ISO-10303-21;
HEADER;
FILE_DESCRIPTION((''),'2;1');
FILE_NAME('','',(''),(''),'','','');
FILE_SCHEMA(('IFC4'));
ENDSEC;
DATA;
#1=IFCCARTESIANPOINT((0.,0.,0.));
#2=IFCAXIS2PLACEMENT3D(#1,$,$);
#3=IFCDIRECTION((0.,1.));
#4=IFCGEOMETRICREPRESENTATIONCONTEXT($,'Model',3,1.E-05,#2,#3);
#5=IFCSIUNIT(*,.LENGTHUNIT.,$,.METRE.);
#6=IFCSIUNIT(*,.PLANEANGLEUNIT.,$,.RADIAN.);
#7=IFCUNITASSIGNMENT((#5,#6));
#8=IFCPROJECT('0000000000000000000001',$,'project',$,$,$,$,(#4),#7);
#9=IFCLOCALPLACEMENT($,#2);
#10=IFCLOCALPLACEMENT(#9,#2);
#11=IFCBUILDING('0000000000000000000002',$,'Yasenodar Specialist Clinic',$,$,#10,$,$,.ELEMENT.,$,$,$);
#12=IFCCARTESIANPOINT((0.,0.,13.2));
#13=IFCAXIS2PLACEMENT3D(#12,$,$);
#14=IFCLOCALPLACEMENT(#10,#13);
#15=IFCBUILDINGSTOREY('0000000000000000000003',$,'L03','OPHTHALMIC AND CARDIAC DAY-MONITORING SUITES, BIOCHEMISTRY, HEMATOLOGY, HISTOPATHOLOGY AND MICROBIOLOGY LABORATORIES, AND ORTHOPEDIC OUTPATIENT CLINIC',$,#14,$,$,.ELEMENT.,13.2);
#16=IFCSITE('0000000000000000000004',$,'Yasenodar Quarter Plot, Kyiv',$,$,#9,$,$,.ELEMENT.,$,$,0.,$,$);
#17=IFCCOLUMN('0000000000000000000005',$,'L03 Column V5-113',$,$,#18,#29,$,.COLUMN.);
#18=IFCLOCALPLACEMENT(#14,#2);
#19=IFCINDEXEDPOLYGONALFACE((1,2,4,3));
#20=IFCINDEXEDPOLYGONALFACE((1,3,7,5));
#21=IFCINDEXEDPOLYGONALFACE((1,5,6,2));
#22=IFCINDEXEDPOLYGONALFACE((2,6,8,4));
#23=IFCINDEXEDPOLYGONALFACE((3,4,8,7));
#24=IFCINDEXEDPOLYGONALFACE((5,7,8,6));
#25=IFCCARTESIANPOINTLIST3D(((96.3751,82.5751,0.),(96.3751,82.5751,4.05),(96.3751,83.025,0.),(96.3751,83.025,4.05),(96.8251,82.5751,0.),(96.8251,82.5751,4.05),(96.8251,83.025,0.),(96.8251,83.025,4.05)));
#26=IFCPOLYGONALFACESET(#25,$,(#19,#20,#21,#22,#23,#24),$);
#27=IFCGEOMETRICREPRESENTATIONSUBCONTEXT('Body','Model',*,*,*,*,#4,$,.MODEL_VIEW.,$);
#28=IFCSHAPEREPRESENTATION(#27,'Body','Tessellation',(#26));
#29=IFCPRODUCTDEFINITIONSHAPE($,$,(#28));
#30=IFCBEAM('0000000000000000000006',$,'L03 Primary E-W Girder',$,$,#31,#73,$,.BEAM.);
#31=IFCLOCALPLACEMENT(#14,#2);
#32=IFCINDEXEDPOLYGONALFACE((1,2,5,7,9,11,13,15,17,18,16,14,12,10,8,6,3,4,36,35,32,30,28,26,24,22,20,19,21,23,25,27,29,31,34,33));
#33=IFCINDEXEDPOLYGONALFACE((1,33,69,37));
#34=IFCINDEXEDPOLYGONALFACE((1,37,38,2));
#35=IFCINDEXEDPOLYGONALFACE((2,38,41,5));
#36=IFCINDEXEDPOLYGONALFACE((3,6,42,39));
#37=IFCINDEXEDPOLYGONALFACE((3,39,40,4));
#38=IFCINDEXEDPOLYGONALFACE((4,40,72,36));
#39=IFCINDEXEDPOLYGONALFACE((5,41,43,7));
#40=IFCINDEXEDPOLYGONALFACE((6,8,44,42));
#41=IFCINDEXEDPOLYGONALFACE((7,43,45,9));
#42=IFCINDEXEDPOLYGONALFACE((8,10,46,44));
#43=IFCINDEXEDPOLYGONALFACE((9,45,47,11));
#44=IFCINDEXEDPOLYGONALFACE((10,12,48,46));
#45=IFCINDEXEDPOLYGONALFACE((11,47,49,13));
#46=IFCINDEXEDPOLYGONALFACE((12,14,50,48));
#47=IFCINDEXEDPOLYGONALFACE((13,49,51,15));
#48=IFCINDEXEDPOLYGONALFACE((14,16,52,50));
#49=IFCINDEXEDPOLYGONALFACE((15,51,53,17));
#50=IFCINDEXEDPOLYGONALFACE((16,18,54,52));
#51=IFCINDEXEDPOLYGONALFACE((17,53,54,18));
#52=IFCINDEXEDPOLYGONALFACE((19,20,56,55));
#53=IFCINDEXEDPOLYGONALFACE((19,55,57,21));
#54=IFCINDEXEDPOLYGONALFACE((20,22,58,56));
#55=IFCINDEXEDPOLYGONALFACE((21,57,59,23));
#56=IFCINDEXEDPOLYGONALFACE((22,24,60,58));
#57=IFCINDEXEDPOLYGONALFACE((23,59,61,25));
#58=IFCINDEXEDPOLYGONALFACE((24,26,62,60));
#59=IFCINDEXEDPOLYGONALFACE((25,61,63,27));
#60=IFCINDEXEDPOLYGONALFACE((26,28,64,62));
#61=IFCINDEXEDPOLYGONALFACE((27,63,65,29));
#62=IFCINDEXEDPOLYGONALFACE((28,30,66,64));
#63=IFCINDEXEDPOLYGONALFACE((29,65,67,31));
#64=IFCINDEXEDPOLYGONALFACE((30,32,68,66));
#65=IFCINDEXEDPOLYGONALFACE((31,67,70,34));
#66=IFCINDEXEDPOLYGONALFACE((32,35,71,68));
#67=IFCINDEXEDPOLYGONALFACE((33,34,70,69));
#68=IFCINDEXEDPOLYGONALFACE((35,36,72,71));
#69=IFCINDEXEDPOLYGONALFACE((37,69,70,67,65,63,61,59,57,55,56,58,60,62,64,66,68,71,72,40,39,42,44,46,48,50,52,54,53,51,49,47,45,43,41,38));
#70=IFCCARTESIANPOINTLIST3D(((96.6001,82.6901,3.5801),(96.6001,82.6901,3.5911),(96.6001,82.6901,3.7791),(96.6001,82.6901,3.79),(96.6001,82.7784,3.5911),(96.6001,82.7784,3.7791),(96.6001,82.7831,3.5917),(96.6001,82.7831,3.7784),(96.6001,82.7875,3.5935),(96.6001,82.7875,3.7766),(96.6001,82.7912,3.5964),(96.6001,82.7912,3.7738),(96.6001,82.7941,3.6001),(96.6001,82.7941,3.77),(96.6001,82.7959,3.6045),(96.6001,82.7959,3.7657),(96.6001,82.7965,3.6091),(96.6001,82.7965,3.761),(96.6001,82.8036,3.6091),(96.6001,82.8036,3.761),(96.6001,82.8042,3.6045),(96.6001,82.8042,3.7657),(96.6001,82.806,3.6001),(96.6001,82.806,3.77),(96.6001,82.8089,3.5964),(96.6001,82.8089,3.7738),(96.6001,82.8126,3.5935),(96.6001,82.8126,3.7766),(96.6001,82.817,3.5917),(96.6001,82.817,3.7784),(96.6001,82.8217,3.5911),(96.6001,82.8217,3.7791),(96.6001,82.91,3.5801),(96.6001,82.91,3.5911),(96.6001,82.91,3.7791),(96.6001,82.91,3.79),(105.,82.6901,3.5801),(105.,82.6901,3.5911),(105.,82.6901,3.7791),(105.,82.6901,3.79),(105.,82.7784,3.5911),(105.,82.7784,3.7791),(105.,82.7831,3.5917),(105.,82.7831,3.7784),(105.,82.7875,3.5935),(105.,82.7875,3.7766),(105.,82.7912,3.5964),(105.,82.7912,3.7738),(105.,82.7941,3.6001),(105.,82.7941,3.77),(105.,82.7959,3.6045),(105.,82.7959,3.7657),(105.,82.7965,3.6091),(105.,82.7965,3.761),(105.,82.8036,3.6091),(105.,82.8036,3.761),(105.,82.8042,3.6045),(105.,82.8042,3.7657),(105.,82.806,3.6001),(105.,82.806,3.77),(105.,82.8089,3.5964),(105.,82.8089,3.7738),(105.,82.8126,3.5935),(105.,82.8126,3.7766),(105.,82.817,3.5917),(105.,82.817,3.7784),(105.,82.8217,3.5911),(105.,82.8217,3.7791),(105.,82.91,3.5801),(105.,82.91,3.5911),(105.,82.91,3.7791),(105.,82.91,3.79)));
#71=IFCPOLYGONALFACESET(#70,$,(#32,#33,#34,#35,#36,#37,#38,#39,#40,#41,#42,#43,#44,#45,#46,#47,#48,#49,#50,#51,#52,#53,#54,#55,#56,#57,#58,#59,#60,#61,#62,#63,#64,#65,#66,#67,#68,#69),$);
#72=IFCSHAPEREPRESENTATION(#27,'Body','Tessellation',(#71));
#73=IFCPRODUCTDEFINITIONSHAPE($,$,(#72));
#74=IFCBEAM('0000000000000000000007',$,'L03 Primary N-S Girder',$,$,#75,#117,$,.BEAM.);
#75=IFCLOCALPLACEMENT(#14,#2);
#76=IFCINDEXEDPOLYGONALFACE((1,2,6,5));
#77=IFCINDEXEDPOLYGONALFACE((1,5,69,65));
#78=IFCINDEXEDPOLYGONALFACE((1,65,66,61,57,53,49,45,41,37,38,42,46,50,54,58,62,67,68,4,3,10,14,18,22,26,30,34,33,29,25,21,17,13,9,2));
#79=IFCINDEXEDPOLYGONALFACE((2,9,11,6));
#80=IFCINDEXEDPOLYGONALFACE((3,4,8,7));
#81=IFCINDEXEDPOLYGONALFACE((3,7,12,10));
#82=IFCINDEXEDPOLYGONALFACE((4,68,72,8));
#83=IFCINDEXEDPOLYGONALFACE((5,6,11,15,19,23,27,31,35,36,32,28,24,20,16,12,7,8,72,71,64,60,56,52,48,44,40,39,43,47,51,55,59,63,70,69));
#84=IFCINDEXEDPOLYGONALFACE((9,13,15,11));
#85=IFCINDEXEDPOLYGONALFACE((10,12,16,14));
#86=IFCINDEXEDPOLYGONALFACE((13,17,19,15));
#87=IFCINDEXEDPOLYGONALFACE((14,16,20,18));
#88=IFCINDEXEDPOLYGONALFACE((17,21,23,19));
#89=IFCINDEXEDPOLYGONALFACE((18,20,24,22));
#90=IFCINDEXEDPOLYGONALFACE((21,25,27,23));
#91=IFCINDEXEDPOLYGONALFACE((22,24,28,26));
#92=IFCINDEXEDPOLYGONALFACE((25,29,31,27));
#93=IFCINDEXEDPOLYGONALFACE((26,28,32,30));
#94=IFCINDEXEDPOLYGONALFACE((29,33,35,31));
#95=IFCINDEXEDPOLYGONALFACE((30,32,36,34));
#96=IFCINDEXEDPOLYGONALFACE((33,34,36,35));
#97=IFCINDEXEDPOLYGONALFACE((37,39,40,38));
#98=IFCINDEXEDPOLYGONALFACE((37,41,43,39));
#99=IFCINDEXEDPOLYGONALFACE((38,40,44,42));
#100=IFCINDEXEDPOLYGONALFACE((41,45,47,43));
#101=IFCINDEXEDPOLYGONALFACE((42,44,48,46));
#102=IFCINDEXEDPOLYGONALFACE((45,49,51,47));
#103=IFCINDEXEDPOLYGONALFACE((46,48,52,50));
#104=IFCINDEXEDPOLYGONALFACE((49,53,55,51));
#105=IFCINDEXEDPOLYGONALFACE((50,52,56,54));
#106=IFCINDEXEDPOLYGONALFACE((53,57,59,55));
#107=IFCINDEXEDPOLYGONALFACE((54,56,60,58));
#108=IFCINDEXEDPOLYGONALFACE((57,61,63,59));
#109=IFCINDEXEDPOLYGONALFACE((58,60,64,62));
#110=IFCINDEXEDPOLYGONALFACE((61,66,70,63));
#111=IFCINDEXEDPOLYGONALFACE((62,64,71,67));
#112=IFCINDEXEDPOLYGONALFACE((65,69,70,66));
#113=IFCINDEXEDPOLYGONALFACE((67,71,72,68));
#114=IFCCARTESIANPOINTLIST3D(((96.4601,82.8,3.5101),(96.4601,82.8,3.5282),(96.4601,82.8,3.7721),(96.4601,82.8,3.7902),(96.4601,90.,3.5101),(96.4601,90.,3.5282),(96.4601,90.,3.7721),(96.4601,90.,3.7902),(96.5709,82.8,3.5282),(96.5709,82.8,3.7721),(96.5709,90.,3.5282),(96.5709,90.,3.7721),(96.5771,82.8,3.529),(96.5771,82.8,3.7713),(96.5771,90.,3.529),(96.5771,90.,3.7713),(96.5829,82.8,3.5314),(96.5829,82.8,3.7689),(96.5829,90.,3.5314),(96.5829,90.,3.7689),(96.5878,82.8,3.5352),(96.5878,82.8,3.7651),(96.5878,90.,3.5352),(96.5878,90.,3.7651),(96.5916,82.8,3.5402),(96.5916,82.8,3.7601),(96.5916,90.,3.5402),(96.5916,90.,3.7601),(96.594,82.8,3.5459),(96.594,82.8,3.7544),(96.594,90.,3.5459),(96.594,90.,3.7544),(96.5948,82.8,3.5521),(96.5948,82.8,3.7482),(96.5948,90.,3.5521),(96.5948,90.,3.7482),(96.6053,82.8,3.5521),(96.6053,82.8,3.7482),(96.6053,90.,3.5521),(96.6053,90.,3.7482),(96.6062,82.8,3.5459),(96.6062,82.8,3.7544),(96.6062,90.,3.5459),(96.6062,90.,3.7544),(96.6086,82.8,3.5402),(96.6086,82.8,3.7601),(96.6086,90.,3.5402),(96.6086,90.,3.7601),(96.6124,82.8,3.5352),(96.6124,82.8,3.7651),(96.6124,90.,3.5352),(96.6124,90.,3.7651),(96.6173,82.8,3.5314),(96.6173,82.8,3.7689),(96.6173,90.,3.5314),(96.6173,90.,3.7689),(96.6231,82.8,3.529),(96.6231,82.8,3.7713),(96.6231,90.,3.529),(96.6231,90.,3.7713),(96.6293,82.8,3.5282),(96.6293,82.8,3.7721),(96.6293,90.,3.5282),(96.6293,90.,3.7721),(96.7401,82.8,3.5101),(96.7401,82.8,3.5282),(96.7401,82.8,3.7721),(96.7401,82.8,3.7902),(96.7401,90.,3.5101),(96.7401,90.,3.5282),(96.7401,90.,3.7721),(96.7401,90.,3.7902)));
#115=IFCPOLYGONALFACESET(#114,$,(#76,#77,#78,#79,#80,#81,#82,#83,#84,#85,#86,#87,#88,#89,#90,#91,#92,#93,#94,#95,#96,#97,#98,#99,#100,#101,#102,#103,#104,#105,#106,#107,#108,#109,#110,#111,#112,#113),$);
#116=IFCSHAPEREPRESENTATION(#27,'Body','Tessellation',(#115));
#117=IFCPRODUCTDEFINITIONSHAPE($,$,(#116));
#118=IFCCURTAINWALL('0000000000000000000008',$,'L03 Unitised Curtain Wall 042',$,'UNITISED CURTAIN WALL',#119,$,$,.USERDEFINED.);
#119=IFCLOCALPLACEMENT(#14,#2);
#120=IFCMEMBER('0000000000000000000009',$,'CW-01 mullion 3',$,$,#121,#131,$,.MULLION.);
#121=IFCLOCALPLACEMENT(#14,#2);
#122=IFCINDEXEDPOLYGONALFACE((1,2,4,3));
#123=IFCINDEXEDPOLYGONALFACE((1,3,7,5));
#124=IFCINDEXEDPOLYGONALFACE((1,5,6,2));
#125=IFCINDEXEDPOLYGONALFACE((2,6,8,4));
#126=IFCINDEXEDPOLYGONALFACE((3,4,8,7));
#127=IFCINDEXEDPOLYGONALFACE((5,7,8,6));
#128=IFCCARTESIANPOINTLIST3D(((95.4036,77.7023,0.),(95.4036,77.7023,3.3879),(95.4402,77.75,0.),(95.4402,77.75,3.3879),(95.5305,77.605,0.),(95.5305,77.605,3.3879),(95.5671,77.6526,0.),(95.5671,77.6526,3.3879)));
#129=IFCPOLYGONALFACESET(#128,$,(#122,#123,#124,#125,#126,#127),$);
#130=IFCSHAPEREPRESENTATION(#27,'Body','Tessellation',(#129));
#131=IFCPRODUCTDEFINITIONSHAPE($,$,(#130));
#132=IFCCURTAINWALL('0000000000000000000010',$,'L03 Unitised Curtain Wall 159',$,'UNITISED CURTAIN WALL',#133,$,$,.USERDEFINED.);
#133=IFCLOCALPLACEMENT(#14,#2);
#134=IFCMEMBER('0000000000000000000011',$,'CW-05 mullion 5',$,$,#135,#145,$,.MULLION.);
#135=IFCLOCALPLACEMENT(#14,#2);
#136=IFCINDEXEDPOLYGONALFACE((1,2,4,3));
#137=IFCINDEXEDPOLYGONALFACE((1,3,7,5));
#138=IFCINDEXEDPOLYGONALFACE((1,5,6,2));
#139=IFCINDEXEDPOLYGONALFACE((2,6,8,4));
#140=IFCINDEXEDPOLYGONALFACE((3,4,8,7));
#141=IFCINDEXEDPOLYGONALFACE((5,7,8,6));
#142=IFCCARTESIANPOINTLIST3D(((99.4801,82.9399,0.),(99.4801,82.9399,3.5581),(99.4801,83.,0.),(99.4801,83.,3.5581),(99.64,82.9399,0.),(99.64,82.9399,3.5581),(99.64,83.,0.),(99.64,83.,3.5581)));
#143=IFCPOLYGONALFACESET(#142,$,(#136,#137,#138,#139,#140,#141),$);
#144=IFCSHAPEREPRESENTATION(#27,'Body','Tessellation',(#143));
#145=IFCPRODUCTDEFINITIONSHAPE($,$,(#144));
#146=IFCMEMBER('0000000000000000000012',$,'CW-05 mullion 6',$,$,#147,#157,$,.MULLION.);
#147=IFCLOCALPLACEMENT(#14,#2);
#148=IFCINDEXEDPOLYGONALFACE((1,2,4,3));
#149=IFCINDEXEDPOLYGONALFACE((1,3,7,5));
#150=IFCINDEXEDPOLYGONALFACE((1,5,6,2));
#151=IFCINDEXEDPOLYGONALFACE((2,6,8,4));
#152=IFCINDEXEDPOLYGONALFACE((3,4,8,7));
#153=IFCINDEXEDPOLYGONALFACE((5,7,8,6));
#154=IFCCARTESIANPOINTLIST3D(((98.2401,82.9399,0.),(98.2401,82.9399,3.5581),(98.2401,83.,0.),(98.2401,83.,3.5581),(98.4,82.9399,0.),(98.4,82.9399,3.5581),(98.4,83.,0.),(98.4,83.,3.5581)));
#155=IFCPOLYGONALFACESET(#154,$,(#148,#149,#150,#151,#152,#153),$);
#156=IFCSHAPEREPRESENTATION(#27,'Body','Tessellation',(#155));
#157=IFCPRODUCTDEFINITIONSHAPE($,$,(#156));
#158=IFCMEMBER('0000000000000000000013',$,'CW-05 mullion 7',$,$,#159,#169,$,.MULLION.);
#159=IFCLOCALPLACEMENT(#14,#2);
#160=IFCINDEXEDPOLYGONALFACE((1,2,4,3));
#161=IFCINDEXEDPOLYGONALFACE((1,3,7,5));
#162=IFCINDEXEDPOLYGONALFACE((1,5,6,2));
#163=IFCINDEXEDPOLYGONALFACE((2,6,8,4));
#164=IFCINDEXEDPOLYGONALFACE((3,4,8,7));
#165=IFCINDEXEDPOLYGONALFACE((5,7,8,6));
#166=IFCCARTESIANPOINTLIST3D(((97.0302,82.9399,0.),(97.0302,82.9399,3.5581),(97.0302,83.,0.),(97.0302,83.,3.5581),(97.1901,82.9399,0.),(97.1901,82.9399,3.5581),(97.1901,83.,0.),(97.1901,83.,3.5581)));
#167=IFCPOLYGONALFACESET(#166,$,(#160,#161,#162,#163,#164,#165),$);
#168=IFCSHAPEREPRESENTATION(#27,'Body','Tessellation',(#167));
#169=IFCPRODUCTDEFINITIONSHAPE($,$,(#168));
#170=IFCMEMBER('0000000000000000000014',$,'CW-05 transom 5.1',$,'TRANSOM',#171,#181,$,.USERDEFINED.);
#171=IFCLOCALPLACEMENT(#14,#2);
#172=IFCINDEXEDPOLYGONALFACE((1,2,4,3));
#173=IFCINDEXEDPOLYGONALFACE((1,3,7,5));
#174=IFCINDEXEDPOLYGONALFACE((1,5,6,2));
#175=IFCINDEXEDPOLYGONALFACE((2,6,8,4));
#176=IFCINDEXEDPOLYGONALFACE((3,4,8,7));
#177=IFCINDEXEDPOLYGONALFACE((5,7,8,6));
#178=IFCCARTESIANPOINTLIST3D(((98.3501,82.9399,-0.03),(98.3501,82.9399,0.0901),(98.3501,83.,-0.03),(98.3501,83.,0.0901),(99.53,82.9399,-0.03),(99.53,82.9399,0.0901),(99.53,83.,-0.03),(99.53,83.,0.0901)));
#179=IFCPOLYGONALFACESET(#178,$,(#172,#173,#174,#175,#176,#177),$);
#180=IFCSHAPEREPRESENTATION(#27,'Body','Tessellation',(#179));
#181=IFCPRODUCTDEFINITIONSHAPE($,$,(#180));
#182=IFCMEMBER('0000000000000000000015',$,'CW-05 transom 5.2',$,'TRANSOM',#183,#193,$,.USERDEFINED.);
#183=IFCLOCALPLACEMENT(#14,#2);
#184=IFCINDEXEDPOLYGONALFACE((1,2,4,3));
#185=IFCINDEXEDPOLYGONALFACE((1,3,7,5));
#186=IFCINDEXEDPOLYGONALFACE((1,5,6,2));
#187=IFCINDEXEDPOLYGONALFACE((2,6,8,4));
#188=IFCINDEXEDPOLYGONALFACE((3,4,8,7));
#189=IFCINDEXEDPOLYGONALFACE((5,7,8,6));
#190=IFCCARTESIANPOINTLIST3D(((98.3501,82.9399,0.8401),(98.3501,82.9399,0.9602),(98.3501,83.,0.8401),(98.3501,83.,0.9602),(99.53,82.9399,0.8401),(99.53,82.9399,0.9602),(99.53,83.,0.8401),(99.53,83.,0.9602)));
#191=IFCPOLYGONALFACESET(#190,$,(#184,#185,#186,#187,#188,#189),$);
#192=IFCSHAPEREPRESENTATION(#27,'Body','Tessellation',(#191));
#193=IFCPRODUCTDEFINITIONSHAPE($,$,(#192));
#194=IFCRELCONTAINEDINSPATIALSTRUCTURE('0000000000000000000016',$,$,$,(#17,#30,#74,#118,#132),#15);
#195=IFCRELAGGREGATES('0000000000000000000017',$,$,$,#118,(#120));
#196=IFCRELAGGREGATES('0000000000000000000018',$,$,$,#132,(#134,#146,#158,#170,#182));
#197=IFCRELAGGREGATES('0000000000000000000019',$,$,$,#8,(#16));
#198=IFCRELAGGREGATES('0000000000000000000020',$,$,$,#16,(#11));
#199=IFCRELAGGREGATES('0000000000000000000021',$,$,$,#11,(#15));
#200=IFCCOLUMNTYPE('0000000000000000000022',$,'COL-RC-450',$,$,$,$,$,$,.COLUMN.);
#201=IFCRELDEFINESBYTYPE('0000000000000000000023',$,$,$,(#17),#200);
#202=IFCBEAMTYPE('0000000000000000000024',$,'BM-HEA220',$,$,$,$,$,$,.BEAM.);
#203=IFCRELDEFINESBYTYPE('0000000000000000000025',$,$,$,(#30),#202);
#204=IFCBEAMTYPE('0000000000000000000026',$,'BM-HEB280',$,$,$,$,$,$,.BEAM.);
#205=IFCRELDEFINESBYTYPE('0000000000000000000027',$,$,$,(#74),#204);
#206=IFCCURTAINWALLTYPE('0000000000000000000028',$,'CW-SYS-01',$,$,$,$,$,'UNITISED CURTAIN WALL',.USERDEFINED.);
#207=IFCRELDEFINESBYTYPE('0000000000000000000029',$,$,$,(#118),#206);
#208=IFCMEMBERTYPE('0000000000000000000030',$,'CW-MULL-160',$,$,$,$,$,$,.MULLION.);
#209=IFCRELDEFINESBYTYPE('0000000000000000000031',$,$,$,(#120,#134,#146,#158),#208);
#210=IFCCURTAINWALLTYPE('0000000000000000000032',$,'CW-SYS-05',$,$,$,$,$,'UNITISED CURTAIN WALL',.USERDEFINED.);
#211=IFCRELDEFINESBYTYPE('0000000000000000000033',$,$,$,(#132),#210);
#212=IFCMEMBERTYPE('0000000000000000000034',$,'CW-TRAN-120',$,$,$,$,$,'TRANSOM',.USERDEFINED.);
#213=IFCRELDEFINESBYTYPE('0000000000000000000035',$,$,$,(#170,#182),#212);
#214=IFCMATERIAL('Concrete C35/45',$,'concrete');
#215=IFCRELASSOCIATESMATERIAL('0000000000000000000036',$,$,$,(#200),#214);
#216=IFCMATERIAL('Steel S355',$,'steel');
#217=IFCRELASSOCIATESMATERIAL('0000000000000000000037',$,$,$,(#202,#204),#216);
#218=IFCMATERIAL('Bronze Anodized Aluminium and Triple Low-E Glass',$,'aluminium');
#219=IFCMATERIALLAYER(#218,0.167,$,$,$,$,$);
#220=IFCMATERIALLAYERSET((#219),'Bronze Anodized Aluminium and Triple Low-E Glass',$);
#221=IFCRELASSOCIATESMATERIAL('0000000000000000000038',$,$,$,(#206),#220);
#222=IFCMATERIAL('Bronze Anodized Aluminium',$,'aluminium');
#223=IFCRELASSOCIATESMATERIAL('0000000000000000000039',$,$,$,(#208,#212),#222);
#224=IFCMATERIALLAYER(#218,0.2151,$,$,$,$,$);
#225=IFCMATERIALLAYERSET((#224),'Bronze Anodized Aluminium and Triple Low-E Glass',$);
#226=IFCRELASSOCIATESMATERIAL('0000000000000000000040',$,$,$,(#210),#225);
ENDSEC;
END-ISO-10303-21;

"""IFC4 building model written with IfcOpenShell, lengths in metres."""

from ifc_helpers import new_model, si_unit, direction, frame, origin, origin_2d, place, context, subcontext, project, spatial, rectangle, i_section, extrude, material, layer, layer_set, material_profile, profile_set, type_object, element, aggregate, save


model = new_model("IFC4")

# Units and contexts
model_context = context("Model", 3, precision=1e-05, world=origin(), true_north=direction((0.0, 1.0)))
body_context = subcontext(model_context, "Body", "Model", "MODEL_VIEW")
ifc_project = project(units=[si_unit("LENGTHUNIT", "METRE"), si_unit("PLANEANGLEUNIT", "RADIAN")], contexts=[model_context])

# Site, building, storey
site_placement = place(None, origin())
site = spatial("IfcSite", under=ifc_project, at=site_placement, Name="Yasenodar Quarter Plot, Kyiv", CompositionType="ELEMENT", RefElevation=0.0)
building_placement = place(site_placement, origin())
building = spatial("IfcBuilding", under=site, at=building_placement, Name="Yasenodar Specialist Clinic", CompositionType="ELEMENT")
storey_placement = place(building_placement, frame((0.0, 0.0, 13.2)))
storey = spatial("IfcBuildingStorey", under=building, at=storey_placement, Name="L03", Description="OPHTHALMIC AND CARDIAC DAY-MONITORING SUITES, BIOCHEMISTRY, HEMATOLOGY, HISTOPATHOLOGY AND MICROBIOLOGY LABORATORIES, AND ORTHOPEDIC OUTPATIENT CLINIC", CompositionType="ELEMENT", Elevation=13.2)

# Column
ifc_material_1 = material(Name="Concrete C35/45", Category="concrete")
ifc_material_profile_1 = material_profile(ifc_material_1, rectangle(XDim=0.45, YDim=0.45, at=origin_2d()), Name="RC 450x450")
ifc_profile_set_1 = profile_set([ifc_material_profile_1], Name="Concrete C35/45")
column_type = type_object("IfcColumnType", Name="COL-RC-450", PredefinedType="COLUMN", material=ifc_profile_set_1)
column_placement = place(storey_placement, frame((96.6001, 82.8, 0.0), z_axis=(0.0, 0.0, 1.0), x_axis=(1.0, 0.0, 0.0)))
element("IfcColumn", 1, at=column_placement, inside=storey, type_object=column_type, Name="L03 Column V5-113", PredefinedType="COLUMN", context=body_context, shape_type="SweptSolid", body=[
    extrude(rectangle(XDim=0.45, YDim=0.45, at=origin_2d()), origin(), (0.0, 0.0, 1.0), 4.05),
])

# Beams
ifc_material_2 = material(Name="Steel S355", Category="steel")
ifc_material_profile_2 = material_profile(ifc_material_2, i_section(OverallWidth=0.22, OverallDepth=0.21, WebThickness=0.0071, FlangeThickness=0.011, FilletRadius=0.0181, at=origin_2d()), Name="HEA 220")
ifc_profile_set_2 = profile_set([ifc_material_profile_2], Name="Steel S355")
beam_type_1 = type_object("IfcBeamType", Name="BM-HEA220", PredefinedType="BEAM", material=ifc_profile_set_2)
beam_1_placement = place(storey_placement, frame((96.6001, 82.8, 3.6851), z_axis=(1.0, 0.0, 0.0), x_axis=(0.0, 1.0, 0.0)))
element("IfcBeam", 2, at=beam_1_placement, inside=storey, type_object=beam_type_1, Name="L03 Primary E-W Girder", PredefinedType="BEAM", context=body_context, shape_type="SweptSolid", body=[
    extrude(i_section(OverallWidth=0.22, OverallDepth=0.21, WebThickness=0.0071, FlangeThickness=0.011, FilletRadius=0.0181, at=origin_2d()), origin(), (0.0, 0.0, 1.0), 8.3999),
])
ifc_material_profile_3 = material_profile(ifc_material_2, i_section(OverallWidth=0.28, OverallDepth=0.28, WebThickness=0.0105, FlangeThickness=0.0181, FilletRadius=0.0239, at=origin_2d()), Name="HEB 280")
ifc_profile_set_3 = profile_set([ifc_material_profile_3], Name="Steel S355")
beam_type_2 = type_object("IfcBeamType", Name="BM-HEB280", PredefinedType="BEAM", material=ifc_profile_set_3)
beam_2_placement = place(storey_placement, frame((96.6001, 82.8, 3.6501), z_axis=(0.0, 1.0, 0.0), x_axis=(-1.0, 0.0, 0.0)))
element("IfcBeam", 3, at=beam_2_placement, inside=storey, type_object=beam_type_2, Name="L03 Primary N-S Girder", PredefinedType="BEAM", context=body_context, shape_type="SweptSolid", body=[
    extrude(i_section(OverallWidth=0.28, OverallDepth=0.28, WebThickness=0.0105, FlangeThickness=0.0181, FilletRadius=0.0239, at=origin_2d()), origin(), (0.0, 0.0, 1.0), 7.2),
])

# Curtain wall, member
ifc_material_3 = material(Name="Bronze Anodized Aluminium and Triple Low-E Glass", Category="aluminium")
ifc_layer_1 = layer(ifc_material_3, 0.167)
ifc_layer_set_1 = layer_set([ifc_layer_1], Name="Bronze Anodized Aluminium and Triple Low-E Glass")
curtain_wall_type_1 = type_object("IfcCurtainWallType", Name="CW-SYS-01", ElementType="UNITISED CURTAIN WALL", PredefinedType="USERDEFINED", material=ifc_layer_set_1)
curtain_wall_1_placement = place(storey_placement, origin())
curtain_wall_1 = element("IfcCurtainWall", 4, at=curtain_wall_1_placement, inside=storey, type_object=curtain_wall_type_1, Name="L03 Unitised Curtain Wall 042", ObjectType="UNITISED CURTAIN WALL", PredefinedType="USERDEFINED")
ifc_material_4 = material(Name="Bronze Anodized Aluminium", Category="aluminium")
ifc_material_profile_4 = material_profile(ifc_material_4, rectangle(XDim=0.0601, YDim=0.1599, at=origin_2d()), Name="CW-MULL 60x160")
ifc_profile_set_4 = profile_set([ifc_material_profile_4], Name="Bronze Anodized Aluminium")
member_type_1 = type_object("IfcMemberType", Name="CW-MULL-160", PredefinedType="MULLION", material=ifc_profile_set_4)
member_1_placement = place(storey_placement, frame((95.4854, 77.6775, 0.0), z_axis=(0.0, 0.0, 1.0), x_axis=(0.608752, 0.793361, 0.0)))
member_1 = element("IfcMember", 5, at=member_1_placement, type_object=member_type_1, Name="CW-01 mullion 3", PredefinedType="MULLION", context=body_context, shape_type="SweptSolid", body=[
    extrude(rectangle(XDim=0.0601, YDim=0.1599, at=origin_2d()), origin(), (0.0, 0.0, 1.0), 3.3879),
])
aggregate(curtain_wall_1, [member_1])

# Curtain wall, members
ifc_layer_2 = layer(ifc_material_3, 0.2151)
ifc_layer_set_2 = layer_set([ifc_layer_2], Name="Bronze Anodized Aluminium and Triple Low-E Glass")
curtain_wall_type_2 = type_object("IfcCurtainWallType", Name="CW-SYS-05", ElementType="UNITISED CURTAIN WALL", PredefinedType="USERDEFINED", material=ifc_layer_set_2)
curtain_wall_2_placement = place(storey_placement, origin())
curtain_wall_2 = element("IfcCurtainWall", 6, at=curtain_wall_2_placement, inside=storey, type_object=curtain_wall_type_2, Name="L03 Unitised Curtain Wall 159", ObjectType="UNITISED CURTAIN WALL", PredefinedType="USERDEFINED")
member_2_placement = place(storey_placement, frame((99.5601, 82.97, 0.0), z_axis=(0.0, 0.0, 1.0), x_axis=(0.0, -1.0, 0.0)))
member_2 = element("IfcMember", 7, at=member_2_placement, type_object=member_type_1, Name="CW-05 mullion 5", PredefinedType="MULLION", context=body_context, shape_type="SweptSolid", body=[
    extrude(rectangle(XDim=0.0601, YDim=0.1599, at=origin_2d()), origin(), (0.0, 0.0, 1.0), 3.5581),
])
member_3_placement = place(storey_placement, frame((98.3201, 82.97, 0.0), z_axis=(0.0, 0.0, 1.0), x_axis=(0.0, -1.0, 0.0)))
member_3 = element("IfcMember", 8, at=member_3_placement, type_object=member_type_1, Name="CW-05 mullion 6", PredefinedType="MULLION", context=body_context, shape_type="SweptSolid", body=[
    extrude(rectangle(XDim=0.0601, YDim=0.1599, at=origin_2d()), origin(), (0.0, 0.0, 1.0), 3.5581),
])
member_4_placement = place(storey_placement, frame((97.1101, 82.97, 0.0), z_axis=(0.0, 0.0, 1.0), x_axis=(0.0, -1.0, 0.0)))
member_4 = element("IfcMember", 9, at=member_4_placement, type_object=member_type_1, Name="CW-05 mullion 7", PredefinedType="MULLION", context=body_context, shape_type="SweptSolid", body=[
    extrude(rectangle(XDim=0.0601, YDim=0.1599, at=origin_2d()), origin(), (0.0, 0.0, 1.0), 3.5581),
])
ifc_material_profile_5 = material_profile(ifc_material_4, rectangle(XDim=0.0601, YDim=0.1201, at=origin_2d()), Name="CW-TRAN 60x120")
ifc_profile_set_5 = profile_set([ifc_material_profile_5], Name="Bronze Anodized Aluminium")
member_type_2 = type_object("IfcMemberType", Name="CW-TRAN-120", ElementType="TRANSOM", PredefinedType="USERDEFINED", material=ifc_profile_set_5)
member_5_placement = place(storey_placement, frame((99.53, 82.97, 0.03), z_axis=(-1.0, 0.0, 0.0), x_axis=(0.0, -1.0, 0.0)))
member_5 = element("IfcMember", 10, at=member_5_placement, type_object=member_type_2, Name="CW-05 transom 5.1", ObjectType="TRANSOM", PredefinedType="USERDEFINED", context=body_context, shape_type="SweptSolid", body=[
    extrude(rectangle(XDim=0.0601, YDim=0.1201, at=origin_2d()), origin(), (0.0, 0.0, 1.0), 1.1799),
])
member_6_placement = place(storey_placement, frame((99.53, 82.97, 0.9001), z_axis=(-1.0, 0.0, 0.0), x_axis=(0.0, -1.0, 0.0)))
member_6 = element("IfcMember", 11, at=member_6_placement, type_object=member_type_2, Name="CW-05 transom 5.2", ObjectType="TRANSOM", PredefinedType="USERDEFINED", context=body_context, shape_type="SweptSolid", body=[
    extrude(rectangle(XDim=0.0601, YDim=0.1201, at=origin_2d()), origin(), (0.0, 0.0, 1.0), 1.1799),
])
aggregate(curtain_wall_2, [member_2, member_3, member_4, member_5, member_6])

save(model, "model.ifc")
